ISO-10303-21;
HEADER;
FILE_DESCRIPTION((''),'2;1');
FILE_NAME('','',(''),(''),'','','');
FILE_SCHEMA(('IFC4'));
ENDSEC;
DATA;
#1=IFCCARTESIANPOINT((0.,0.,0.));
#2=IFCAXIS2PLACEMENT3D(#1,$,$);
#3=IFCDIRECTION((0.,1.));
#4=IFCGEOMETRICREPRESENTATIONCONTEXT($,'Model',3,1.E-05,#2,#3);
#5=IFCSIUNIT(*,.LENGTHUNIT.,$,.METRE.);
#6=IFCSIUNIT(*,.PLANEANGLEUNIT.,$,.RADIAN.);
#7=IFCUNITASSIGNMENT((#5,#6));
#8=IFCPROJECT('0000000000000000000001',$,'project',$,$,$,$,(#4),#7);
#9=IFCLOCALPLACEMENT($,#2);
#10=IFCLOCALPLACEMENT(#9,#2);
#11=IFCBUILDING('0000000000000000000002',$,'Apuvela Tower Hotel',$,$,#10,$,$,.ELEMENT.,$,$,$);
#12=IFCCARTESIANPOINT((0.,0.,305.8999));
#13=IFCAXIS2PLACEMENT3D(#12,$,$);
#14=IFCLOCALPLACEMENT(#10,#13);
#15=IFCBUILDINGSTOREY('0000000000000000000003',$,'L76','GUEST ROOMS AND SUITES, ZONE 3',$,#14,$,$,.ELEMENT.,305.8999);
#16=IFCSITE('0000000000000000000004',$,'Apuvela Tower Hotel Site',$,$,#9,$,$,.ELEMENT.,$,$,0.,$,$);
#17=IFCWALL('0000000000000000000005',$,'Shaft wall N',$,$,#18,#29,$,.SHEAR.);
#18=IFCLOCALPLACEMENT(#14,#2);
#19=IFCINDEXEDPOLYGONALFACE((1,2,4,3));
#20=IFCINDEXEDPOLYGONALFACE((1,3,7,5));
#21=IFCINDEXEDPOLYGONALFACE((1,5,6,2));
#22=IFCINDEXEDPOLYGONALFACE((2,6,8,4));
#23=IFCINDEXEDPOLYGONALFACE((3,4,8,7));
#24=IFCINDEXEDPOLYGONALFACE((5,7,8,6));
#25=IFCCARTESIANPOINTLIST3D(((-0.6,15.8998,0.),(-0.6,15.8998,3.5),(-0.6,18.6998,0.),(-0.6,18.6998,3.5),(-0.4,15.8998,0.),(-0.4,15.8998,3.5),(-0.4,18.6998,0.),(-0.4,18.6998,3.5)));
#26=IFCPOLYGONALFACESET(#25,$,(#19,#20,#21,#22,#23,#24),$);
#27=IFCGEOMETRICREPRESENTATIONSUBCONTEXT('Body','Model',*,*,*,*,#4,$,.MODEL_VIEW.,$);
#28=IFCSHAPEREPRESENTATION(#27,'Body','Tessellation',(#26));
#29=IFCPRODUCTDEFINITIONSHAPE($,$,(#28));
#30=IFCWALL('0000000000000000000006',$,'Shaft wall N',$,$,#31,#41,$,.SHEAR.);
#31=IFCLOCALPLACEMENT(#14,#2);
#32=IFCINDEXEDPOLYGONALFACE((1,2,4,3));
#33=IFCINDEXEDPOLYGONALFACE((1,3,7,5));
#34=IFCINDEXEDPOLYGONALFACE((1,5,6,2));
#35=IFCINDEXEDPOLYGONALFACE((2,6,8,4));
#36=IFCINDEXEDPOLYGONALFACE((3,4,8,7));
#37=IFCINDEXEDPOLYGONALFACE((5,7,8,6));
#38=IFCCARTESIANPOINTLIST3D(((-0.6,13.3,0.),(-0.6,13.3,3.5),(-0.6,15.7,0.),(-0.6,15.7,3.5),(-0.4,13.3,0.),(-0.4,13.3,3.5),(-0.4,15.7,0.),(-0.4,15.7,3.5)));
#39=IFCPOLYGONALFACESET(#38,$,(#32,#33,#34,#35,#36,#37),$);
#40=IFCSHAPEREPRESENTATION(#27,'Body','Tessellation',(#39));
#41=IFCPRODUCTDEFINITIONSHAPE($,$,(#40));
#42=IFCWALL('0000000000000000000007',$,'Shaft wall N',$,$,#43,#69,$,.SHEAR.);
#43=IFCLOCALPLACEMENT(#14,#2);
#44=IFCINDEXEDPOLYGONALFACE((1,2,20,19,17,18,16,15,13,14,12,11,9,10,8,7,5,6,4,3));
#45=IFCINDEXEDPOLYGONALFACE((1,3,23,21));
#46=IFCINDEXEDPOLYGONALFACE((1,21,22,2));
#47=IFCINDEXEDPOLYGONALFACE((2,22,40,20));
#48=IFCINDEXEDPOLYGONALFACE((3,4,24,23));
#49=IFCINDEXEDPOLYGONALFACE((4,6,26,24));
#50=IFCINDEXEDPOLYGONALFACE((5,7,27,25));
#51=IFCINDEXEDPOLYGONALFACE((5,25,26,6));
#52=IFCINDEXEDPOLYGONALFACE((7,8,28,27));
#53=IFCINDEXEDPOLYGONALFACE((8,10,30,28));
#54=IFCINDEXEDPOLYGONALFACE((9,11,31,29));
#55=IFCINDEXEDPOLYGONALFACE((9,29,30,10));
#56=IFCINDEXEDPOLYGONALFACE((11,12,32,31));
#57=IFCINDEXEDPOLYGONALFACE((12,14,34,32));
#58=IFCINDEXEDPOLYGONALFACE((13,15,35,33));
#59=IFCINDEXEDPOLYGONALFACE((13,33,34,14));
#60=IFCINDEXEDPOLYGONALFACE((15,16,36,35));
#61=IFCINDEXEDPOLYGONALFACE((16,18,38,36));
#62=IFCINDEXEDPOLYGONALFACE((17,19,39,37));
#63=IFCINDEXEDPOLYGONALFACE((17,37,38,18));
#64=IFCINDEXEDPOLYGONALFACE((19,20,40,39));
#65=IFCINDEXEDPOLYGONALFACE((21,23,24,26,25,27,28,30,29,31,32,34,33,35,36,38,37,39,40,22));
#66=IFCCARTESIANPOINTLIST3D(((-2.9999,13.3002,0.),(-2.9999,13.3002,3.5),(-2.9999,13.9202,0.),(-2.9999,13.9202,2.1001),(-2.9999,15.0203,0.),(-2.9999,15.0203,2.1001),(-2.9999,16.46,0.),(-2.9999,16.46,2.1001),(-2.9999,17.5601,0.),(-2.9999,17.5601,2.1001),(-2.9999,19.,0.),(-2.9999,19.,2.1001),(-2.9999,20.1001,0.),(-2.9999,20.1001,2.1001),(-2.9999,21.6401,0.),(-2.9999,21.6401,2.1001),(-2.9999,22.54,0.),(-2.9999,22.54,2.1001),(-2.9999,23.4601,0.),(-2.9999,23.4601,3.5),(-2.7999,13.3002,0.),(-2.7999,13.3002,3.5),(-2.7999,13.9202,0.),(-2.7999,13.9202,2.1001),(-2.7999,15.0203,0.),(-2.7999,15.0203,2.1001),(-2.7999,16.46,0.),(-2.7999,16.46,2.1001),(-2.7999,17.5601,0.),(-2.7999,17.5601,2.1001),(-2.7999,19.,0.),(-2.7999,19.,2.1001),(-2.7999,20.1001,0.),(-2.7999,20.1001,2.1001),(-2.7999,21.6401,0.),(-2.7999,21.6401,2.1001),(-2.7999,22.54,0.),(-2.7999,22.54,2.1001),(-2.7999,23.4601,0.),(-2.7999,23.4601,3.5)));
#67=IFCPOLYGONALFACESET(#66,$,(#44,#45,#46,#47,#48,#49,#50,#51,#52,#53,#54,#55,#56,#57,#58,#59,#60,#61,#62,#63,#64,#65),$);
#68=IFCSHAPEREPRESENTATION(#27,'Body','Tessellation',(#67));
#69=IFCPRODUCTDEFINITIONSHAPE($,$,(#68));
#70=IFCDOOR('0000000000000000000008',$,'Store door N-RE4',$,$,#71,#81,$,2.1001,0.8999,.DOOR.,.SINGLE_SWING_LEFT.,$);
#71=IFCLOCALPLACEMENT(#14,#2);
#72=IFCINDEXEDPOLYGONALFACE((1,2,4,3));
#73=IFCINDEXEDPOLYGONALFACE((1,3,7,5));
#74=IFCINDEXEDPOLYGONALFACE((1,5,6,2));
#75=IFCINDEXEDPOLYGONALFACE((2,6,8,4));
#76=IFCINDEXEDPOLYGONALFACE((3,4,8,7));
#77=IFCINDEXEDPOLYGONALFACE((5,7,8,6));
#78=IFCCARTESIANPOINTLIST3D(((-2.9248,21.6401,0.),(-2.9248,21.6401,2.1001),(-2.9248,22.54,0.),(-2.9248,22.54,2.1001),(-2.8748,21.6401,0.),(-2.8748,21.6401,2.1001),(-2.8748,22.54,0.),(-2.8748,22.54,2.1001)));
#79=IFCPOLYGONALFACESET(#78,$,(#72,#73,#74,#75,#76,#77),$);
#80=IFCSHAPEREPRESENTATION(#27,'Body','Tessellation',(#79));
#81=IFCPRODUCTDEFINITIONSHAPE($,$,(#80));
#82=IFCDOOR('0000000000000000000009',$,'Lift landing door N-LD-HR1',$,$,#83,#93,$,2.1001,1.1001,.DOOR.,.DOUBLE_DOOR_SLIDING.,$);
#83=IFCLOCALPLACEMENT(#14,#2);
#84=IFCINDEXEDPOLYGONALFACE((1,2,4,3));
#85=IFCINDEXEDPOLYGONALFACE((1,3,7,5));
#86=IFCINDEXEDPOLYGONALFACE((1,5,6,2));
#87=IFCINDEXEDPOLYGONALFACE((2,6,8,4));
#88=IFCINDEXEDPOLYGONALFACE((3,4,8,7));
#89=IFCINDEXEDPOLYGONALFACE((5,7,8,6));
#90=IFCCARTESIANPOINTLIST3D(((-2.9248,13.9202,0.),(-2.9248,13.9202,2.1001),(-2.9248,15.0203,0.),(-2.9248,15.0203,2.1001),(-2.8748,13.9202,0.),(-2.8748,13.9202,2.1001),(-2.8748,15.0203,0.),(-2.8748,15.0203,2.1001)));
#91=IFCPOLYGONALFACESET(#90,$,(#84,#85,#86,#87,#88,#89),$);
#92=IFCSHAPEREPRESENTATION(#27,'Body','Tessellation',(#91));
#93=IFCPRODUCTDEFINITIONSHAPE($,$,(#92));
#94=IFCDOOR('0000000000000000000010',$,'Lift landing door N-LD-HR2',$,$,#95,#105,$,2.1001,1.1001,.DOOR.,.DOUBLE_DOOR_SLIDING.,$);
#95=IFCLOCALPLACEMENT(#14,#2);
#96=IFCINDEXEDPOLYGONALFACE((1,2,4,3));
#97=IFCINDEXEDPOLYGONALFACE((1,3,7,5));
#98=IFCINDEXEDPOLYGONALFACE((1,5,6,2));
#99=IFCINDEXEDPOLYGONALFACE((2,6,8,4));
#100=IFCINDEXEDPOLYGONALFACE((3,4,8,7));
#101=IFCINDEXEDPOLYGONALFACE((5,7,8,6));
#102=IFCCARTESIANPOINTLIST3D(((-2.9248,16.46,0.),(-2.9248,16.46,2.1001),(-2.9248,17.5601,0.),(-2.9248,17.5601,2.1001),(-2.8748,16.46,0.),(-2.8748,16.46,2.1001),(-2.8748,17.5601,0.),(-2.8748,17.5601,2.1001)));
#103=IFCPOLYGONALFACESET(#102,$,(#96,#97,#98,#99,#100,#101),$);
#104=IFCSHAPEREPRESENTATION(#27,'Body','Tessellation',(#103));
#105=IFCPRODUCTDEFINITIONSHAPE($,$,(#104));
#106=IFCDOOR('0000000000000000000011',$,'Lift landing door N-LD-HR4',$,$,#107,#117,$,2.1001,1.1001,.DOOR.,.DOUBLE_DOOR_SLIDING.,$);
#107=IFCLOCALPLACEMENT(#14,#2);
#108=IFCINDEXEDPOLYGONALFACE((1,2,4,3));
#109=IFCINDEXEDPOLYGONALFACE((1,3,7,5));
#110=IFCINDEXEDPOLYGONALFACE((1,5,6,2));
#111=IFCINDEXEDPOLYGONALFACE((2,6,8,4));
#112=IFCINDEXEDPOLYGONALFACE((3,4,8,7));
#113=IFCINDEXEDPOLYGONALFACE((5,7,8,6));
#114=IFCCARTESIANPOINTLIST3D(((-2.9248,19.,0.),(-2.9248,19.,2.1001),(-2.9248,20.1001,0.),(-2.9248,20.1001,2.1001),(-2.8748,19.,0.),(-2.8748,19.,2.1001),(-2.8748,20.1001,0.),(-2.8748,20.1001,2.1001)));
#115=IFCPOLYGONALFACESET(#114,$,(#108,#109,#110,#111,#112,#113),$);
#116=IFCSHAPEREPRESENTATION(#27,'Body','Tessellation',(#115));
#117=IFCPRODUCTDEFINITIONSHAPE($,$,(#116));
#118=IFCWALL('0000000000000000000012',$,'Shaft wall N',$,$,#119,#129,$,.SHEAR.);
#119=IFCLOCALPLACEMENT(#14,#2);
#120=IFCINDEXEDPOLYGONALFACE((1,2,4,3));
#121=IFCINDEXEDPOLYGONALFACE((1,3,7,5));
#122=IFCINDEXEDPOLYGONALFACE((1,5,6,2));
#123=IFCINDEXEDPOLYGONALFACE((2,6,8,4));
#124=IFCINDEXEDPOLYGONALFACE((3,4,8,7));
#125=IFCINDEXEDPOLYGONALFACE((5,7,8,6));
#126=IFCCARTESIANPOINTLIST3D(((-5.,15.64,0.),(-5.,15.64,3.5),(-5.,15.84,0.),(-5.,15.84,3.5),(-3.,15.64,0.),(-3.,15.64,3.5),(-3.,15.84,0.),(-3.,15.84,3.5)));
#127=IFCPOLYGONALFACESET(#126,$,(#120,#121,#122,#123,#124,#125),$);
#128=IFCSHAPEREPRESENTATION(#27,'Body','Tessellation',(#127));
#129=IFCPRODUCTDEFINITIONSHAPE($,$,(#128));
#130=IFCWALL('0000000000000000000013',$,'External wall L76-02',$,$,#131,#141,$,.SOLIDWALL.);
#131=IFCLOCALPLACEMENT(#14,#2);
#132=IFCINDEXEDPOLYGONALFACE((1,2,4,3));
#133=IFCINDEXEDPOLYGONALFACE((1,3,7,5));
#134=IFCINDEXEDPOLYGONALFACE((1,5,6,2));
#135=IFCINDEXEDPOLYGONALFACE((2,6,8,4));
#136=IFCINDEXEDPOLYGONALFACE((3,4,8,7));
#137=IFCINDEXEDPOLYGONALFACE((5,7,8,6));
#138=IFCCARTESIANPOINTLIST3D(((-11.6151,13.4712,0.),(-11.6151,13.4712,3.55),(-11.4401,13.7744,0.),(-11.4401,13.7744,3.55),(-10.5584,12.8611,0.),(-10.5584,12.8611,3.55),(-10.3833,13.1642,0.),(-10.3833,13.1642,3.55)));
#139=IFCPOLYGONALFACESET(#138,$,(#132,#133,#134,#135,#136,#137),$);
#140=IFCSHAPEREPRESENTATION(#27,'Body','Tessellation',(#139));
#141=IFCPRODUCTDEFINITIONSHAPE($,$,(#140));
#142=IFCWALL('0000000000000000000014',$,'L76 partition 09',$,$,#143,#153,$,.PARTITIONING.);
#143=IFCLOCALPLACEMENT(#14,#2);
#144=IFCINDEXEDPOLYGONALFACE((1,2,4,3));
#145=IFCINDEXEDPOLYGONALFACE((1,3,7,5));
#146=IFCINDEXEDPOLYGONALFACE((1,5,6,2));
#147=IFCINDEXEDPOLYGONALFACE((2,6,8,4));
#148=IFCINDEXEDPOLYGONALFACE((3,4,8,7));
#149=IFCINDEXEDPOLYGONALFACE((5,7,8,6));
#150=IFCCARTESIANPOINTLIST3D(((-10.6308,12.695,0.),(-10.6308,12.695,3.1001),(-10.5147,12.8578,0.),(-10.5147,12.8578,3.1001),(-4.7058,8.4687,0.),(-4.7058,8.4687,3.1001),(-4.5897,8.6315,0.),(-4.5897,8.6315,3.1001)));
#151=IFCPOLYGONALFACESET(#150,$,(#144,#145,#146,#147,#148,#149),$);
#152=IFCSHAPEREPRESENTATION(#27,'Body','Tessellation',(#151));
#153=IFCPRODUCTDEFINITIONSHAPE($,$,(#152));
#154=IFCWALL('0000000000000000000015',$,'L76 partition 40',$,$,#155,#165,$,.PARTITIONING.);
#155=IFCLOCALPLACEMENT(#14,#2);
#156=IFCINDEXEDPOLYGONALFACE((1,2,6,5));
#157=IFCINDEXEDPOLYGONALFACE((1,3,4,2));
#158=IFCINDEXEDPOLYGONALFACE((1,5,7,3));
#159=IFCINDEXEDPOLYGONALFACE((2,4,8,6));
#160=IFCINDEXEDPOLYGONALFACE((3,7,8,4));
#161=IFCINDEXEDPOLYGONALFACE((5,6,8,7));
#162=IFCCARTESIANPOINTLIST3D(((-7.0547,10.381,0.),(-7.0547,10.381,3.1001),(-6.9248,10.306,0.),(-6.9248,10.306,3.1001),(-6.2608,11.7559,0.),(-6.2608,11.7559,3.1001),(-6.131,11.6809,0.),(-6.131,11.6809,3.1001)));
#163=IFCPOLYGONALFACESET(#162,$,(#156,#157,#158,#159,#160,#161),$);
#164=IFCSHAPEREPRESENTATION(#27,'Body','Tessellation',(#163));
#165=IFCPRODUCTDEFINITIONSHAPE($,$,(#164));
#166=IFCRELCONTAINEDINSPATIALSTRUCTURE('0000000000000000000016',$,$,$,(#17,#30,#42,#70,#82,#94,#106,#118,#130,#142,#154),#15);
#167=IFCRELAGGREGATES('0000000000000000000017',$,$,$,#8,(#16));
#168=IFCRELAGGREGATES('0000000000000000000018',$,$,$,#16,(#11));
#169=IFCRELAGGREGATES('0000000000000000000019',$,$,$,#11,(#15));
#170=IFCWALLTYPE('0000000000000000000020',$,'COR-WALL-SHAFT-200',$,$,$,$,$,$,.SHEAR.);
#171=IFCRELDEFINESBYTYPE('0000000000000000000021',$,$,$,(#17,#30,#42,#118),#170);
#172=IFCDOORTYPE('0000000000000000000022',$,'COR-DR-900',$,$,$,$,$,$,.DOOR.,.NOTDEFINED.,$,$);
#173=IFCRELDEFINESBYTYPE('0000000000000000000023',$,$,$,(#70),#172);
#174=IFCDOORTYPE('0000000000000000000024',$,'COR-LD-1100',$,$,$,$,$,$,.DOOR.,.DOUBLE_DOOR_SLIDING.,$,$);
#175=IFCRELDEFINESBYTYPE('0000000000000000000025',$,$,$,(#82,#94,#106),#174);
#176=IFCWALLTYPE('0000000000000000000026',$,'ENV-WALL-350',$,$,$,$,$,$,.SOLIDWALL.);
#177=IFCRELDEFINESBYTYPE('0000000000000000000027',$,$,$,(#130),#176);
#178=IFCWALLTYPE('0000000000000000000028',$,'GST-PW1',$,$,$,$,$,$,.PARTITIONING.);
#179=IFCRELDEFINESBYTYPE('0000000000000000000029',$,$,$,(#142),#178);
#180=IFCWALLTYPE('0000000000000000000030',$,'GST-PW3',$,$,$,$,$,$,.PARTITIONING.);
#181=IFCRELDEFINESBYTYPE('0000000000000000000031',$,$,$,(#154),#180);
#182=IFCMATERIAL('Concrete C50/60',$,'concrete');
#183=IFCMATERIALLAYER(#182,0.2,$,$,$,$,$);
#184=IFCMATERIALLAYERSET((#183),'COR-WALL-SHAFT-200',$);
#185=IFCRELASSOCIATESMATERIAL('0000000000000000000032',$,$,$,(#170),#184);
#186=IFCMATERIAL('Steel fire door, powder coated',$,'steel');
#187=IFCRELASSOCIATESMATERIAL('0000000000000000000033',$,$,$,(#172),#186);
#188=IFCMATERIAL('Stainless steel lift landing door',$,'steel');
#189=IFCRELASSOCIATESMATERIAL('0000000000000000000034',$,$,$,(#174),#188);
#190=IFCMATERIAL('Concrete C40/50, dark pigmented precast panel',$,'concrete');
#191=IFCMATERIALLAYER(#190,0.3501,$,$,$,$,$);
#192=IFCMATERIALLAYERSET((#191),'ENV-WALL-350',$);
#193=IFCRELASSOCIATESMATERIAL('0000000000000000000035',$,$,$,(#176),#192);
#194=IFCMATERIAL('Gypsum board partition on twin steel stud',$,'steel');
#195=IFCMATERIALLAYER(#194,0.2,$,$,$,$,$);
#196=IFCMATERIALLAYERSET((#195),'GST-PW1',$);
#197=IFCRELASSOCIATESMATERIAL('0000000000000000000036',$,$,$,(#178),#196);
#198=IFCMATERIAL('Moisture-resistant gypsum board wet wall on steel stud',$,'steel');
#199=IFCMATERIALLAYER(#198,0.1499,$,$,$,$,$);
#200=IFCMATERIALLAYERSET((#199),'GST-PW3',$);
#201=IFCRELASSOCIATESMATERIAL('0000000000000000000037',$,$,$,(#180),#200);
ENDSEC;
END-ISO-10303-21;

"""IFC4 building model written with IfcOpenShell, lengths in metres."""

from ifc_helpers import new_model, si_unit, direction, frame, frame_2d, origin, place, context, subcontext, project, spatial, rectangle, extrude, material, layer, layer_set, type_object, element, fill, save


model = new_model("IFC4")

# Units and contexts
model_context = context("Model", 3, precision=1e-05, world=origin(), true_north=direction((0.0, 1.0)))
body_context = subcontext(model_context, "Body", "Model", "MODEL_VIEW")
ifc_project = project(units=[si_unit("LENGTHUNIT", "METRE"), si_unit("PLANEANGLEUNIT", "RADIAN")], contexts=[model_context])

# Site, building, storey
site_placement = place(None, origin())
site = spatial("IfcSite", under=ifc_project, at=site_placement, Name="Apuvela Tower Hotel Site", CompositionType="ELEMENT", RefElevation=0.0)
building_placement = place(site_placement, origin())
building = spatial("IfcBuilding", under=site, at=building_placement, Name="Apuvela Tower Hotel", CompositionType="ELEMENT")
storey_placement = place(building_placement, frame((0.0, 0.0, 305.8999)))
storey = spatial("IfcBuildingStorey", under=building, at=storey_placement, Name="L76", Description="GUEST ROOMS AND SUITES, ZONE 3", CompositionType="ELEMENT", Elevation=305.8999)

# Walls
ifc_material_1 = material(Name="Concrete C50/60", Category="concrete")
ifc_layer_1 = layer(ifc_material_1, 0.2)
ifc_layer_set_1 = layer_set([ifc_layer_1], Name="COR-WALL-SHAFT-200")
wall_type_1 = type_object("IfcWallType", Name="COR-WALL-SHAFT-200", PredefinedType="SHEAR", material=ifc_layer_set_1)
wall_1_placement = place(storey_placement, frame((-0.5, 15.8999, 0.0), z_axis=(0.0, 0.0, 1.0), x_axis=(0.0, 1.0, 0.0)))
element("IfcWall", 1, at=wall_1_placement, inside=storey, type_object=wall_type_1, Name="Shaft wall N", PredefinedType="SHEAR", context=body_context, shape_type="SweptSolid", body=[
    extrude(rectangle(XDim=2.8, YDim=0.2, at=frame_2d((1.3999, 0.0))), origin(), (0.0, 0.0, 1.0), 3.5),
])
wall_2_placement = place(storey_placement, frame((-0.5, 13.3, 0.0), z_axis=(0.0, 0.0, 1.0), x_axis=(0.0, 1.0, 0.0)))
element("IfcWall", 2, at=wall_2_placement, inside=storey, type_object=wall_type_1, Name="Shaft wall N", PredefinedType="SHEAR", context=body_context, shape_type="SweptSolid", body=[
    extrude(rectangle(XDim=2.3999, YDim=0.2, at=frame_2d((1.2, 0.0))), origin(), (0.0, 0.0, 1.0), 3.5),
])

# Wall, openings, doors
wall_3_placement = place(storey_placement, frame((-2.8999, 13.3, 0.0), z_axis=(0.0, 0.0, 1.0), x_axis=(0.0, 1.0, 0.0)))
wall_3 = element("IfcWall", 3, at=wall_3_placement, inside=storey, type_object=wall_type_1, Name="Shaft wall N", PredefinedType="SHEAR", context=body_context, shape_type="SweptSolid", body=[
    extrude(rectangle(XDim=10.1599, YDim=0.2, at=frame_2d((5.0801, 0.0))), origin(), (0.0, 0.0, 1.0), 3.5),
])
opening_1_placement = place(wall_3_placement, frame((0.6201, 0.0, 0.0)))
opening_1 = element("IfcOpeningElement", 4, at=opening_1_placement, cuts=wall_3, PredefinedType="OPENING", context=body_context, shape_type="SweptSolid", body=[
    extrude(rectangle(XDim=1.1001, YDim=2.1001, at=frame_2d((0.55, 1.05))), frame((0.0, 0.1099, 0.0), z_axis=(0.0, -1.0, 0.0), x_axis=(1.0, 0.0, 0.0)), (0.0, 0.0, 1.0), 0.22),
])
opening_2_placement = place(wall_3_placement, frame((3.1599, 0.0, 0.0)))
opening_2 = element("IfcOpeningElement", 5, at=opening_2_placement, cuts=wall_3, PredefinedType="OPENING", context=body_context, shape_type="SweptSolid", body=[
    extrude(rectangle(XDim=1.1001, YDim=2.1001, at=frame_2d((0.55, 1.05))), frame((0.0, 0.1099, 0.0), z_axis=(0.0, -1.0, 0.0), x_axis=(1.0, 0.0, 0.0)), (0.0, 0.0, 1.0), 0.22),
])
opening_3_placement = place(wall_3_placement, frame((5.7, 0.0, 0.0)))
opening_3 = element("IfcOpeningElement", 6, at=opening_3_placement, cuts=wall_3, PredefinedType="OPENING", context=body_context, shape_type="SweptSolid", body=[
    extrude(rectangle(XDim=1.1001, YDim=2.1001, at=frame_2d((0.55, 1.05))), frame((0.0, 0.1099, 0.0), z_axis=(0.0, -1.0, 0.0), x_axis=(1.0, 0.0, 0.0)), (0.0, 0.0, 1.0), 0.22),
])
opening_4_placement = place(wall_3_placement, frame((8.3401, 0.0, 0.0)))
opening_4 = element("IfcOpeningElement", 7, at=opening_4_placement, cuts=wall_3, PredefinedType="OPENING", context=body_context, shape_type="SweptSolid", body=[
    extrude(rectangle(XDim=0.8999, YDim=2.1001, at=frame_2d((0.45, 1.05))), frame((0.0, 0.1099, 0.0), z_axis=(0.0, -1.0, 0.0), x_axis=(1.0, 0.0, 0.0)), (0.0, 0.0, 1.0), 0.22),
])
ifc_material_2 = material(Name="Steel fire door, powder coated", Category="steel")
door_type_1 = type_object("IfcDoorType", Name="COR-DR-900", OperationType="NOTDEFINED", PredefinedType="DOOR", material=ifc_material_2)
door_1_placement = place(opening_4_placement, origin())
door_1 = element("IfcDoor", 8, at=door_1_placement, inside=storey, type_object=door_type_1, Name="Store door N-RE4", OperationType="SINGLE_SWING_LEFT", OverallHeight=2.1001, OverallWidth=0.8999, PredefinedType="DOOR", context=body_context, shape_type="SweptSolid", body=[
    extrude(rectangle(XDim=0.8999, YDim=2.1001, at=frame_2d((0.45, 1.05))), frame((0.0, 0.0249, 0.0), z_axis=(0.0, -1.0, 0.0), x_axis=(1.0, 0.0, 0.0)), (0.0, 0.0, 1.0), 0.05),
])
fill(opening_4, door_1)
ifc_material_3 = material(Name="Stainless steel lift landing door", Category="steel")
door_type_2 = type_object("IfcDoorType", Name="COR-LD-1100", OperationType="DOUBLE_DOOR_SLIDING", PredefinedType="DOOR", material=ifc_material_3)
door_2_placement = place(opening_1_placement, origin())
door_2 = element("IfcDoor", 9, at=door_2_placement, inside=storey, type_object=door_type_2, Name="Lift landing door N-LD-HR1", OperationType="DOUBLE_DOOR_SLIDING", OverallHeight=2.1001, OverallWidth=1.1001, PredefinedType="DOOR", context=body_context, shape_type="SweptSolid", body=[
    extrude(rectangle(XDim=1.1001, YDim=2.1001, at=frame_2d((0.55, 1.05))), frame((0.0, 0.0249, 0.0), z_axis=(0.0, -1.0, 0.0), x_axis=(1.0, 0.0, 0.0)), (0.0, 0.0, 1.0), 0.05),
])
fill(opening_1, door_2)
door_3_placement = place(opening_2_placement, origin())
door_3 = element("IfcDoor", 10, at=door_3_placement, inside=storey, type_object=door_type_2, Name="Lift landing door N-LD-HR2", OperationType="DOUBLE_DOOR_SLIDING", OverallHeight=2.1001, OverallWidth=1.1001, PredefinedType="DOOR", context=body_context, shape_type="SweptSolid", body=[
    extrude(rectangle(XDim=1.1001, YDim=2.1001, at=frame_2d((0.55, 1.05))), frame((0.0, 0.0249, 0.0), z_axis=(0.0, -1.0, 0.0), x_axis=(1.0, 0.0, 0.0)), (0.0, 0.0, 1.0), 0.05),
])
fill(opening_2, door_3)
door_4_placement = place(opening_3_placement, origin())
door_4 = element("IfcDoor", 11, at=door_4_placement, inside=storey, type_object=door_type_2, Name="Lift landing door N-LD-HR4", OperationType="DOUBLE_DOOR_SLIDING", OverallHeight=2.1001, OverallWidth=1.1001, PredefinedType="DOOR", context=body_context, shape_type="SweptSolid", body=[
    extrude(rectangle(XDim=1.1001, YDim=2.1001, at=frame_2d((0.55, 1.05))), frame((0.0, 0.0249, 0.0), z_axis=(0.0, -1.0, 0.0), x_axis=(1.0, 0.0, 0.0)), (0.0, 0.0, 1.0), 0.05),
])
fill(opening_3, door_4)

# Walls
wall_4_placement = place(storey_placement, frame((-3.0, 15.74, 0.0), z_axis=(0.0, 0.0, 1.0), x_axis=(-1.0, 0.0, 0.0)))
element("IfcWall", 12, at=wall_4_placement, inside=storey, type_object=wall_type_1, Name="Shaft wall N", PredefinedType="SHEAR", context=body_context, shape_type="SweptSolid", body=[
    extrude(rectangle(XDim=2.0, YDim=0.2, at=frame_2d((1.0, 0.0))), origin(), (0.0, 0.0, 1.0), 3.5),
])
ifc_material_4 = material(Name="Concrete C40/50, dark pigmented precast panel", Category="concrete")
ifc_layer_2 = layer(ifc_material_4, 0.3501)
ifc_layer_set_2 = layer_set([ifc_layer_2], Name="ENV-WALL-350")
wall_type_2 = type_object("IfcWallType", Name="ENV-WALL-350", PredefinedType="SOLIDWALL", material=ifc_layer_set_2)
wall_5_placement = place(storey_placement, frame((-11.5276, 13.6228, 0.0), z_axis=(0.0, 0.0, 1.0), x_axis=(0.866006, -0.500034, 0.0)))
element("IfcWall", 13, at=wall_5_placement, inside=storey, type_object=wall_type_2, Name="External wall L76-02", PredefinedType="SOLIDWALL", context=body_context, shape_type="SweptSolid", body=[
    extrude(rectangle(XDim=1.2202, YDim=0.3501, at=frame_2d((0.6101, 0.0))), origin(), (0.0, 0.0, 1.0), 3.55),
])

# Walls
ifc_material_5 = material(Name="Gypsum board partition on twin steel stud", Category="steel")
ifc_layer_3 = layer(ifc_material_5, 0.2)
ifc_layer_set_3 = layer_set([ifc_layer_3], Name="GST-PW1")
wall_type_3 = type_object("IfcWallType", Name="GST-PW1", PredefinedType="PARTITIONING", material=ifc_layer_set_3)
wall_6_placement = place(storey_placement, frame((-10.5728, 12.7764, 0.0), z_axis=(0.0, 0.0, 1.0), x_axis=(0.814114, -0.580705, 0.0)))
element("IfcWall", 14, at=wall_6_placement, inside=storey, type_object=wall_type_3, Name="L76 partition 09", PredefinedType="PARTITIONING", context=body_context, shape_type="SweptSolid", body=[
    extrude(rectangle(XDim=7.2778, YDim=0.2, at=frame_2d((3.6389, 0.0))), origin(), (0.0, 0.0, 1.0), 3.1001),
])
ifc_material_6 = material(Name="Moisture-resistant gypsum board wet wall on steel stud", Category="steel")
ifc_layer_4 = layer(ifc_material_6, 0.1499)
ifc_layer_set_4 = layer_set([ifc_layer_4], Name="GST-PW3")
wall_type_4 = type_object("IfcWallType", Name="GST-PW3", PredefinedType="PARTITIONING", material=ifc_layer_set_4)
wall_7_placement = place(storey_placement, frame((-6.1958, 11.7185, 0.0), z_axis=(0.0, 0.0, 1.0), x_axis=(-0.500042, -0.866001, 0.0)))
element("IfcWall", 15, at=wall_7_placement, inside=storey, type_object=wall_type_4, Name="L76 partition 40", PredefinedType="PARTITIONING", context=body_context, shape_type="SweptSolid", body=[
    extrude(rectangle(XDim=1.5876, YDim=0.1499, at=frame_2d((0.7939, 0.0))), origin(), (0.0, 0.0, 1.0), 3.1001),
])

save(model, "model.ifc")
